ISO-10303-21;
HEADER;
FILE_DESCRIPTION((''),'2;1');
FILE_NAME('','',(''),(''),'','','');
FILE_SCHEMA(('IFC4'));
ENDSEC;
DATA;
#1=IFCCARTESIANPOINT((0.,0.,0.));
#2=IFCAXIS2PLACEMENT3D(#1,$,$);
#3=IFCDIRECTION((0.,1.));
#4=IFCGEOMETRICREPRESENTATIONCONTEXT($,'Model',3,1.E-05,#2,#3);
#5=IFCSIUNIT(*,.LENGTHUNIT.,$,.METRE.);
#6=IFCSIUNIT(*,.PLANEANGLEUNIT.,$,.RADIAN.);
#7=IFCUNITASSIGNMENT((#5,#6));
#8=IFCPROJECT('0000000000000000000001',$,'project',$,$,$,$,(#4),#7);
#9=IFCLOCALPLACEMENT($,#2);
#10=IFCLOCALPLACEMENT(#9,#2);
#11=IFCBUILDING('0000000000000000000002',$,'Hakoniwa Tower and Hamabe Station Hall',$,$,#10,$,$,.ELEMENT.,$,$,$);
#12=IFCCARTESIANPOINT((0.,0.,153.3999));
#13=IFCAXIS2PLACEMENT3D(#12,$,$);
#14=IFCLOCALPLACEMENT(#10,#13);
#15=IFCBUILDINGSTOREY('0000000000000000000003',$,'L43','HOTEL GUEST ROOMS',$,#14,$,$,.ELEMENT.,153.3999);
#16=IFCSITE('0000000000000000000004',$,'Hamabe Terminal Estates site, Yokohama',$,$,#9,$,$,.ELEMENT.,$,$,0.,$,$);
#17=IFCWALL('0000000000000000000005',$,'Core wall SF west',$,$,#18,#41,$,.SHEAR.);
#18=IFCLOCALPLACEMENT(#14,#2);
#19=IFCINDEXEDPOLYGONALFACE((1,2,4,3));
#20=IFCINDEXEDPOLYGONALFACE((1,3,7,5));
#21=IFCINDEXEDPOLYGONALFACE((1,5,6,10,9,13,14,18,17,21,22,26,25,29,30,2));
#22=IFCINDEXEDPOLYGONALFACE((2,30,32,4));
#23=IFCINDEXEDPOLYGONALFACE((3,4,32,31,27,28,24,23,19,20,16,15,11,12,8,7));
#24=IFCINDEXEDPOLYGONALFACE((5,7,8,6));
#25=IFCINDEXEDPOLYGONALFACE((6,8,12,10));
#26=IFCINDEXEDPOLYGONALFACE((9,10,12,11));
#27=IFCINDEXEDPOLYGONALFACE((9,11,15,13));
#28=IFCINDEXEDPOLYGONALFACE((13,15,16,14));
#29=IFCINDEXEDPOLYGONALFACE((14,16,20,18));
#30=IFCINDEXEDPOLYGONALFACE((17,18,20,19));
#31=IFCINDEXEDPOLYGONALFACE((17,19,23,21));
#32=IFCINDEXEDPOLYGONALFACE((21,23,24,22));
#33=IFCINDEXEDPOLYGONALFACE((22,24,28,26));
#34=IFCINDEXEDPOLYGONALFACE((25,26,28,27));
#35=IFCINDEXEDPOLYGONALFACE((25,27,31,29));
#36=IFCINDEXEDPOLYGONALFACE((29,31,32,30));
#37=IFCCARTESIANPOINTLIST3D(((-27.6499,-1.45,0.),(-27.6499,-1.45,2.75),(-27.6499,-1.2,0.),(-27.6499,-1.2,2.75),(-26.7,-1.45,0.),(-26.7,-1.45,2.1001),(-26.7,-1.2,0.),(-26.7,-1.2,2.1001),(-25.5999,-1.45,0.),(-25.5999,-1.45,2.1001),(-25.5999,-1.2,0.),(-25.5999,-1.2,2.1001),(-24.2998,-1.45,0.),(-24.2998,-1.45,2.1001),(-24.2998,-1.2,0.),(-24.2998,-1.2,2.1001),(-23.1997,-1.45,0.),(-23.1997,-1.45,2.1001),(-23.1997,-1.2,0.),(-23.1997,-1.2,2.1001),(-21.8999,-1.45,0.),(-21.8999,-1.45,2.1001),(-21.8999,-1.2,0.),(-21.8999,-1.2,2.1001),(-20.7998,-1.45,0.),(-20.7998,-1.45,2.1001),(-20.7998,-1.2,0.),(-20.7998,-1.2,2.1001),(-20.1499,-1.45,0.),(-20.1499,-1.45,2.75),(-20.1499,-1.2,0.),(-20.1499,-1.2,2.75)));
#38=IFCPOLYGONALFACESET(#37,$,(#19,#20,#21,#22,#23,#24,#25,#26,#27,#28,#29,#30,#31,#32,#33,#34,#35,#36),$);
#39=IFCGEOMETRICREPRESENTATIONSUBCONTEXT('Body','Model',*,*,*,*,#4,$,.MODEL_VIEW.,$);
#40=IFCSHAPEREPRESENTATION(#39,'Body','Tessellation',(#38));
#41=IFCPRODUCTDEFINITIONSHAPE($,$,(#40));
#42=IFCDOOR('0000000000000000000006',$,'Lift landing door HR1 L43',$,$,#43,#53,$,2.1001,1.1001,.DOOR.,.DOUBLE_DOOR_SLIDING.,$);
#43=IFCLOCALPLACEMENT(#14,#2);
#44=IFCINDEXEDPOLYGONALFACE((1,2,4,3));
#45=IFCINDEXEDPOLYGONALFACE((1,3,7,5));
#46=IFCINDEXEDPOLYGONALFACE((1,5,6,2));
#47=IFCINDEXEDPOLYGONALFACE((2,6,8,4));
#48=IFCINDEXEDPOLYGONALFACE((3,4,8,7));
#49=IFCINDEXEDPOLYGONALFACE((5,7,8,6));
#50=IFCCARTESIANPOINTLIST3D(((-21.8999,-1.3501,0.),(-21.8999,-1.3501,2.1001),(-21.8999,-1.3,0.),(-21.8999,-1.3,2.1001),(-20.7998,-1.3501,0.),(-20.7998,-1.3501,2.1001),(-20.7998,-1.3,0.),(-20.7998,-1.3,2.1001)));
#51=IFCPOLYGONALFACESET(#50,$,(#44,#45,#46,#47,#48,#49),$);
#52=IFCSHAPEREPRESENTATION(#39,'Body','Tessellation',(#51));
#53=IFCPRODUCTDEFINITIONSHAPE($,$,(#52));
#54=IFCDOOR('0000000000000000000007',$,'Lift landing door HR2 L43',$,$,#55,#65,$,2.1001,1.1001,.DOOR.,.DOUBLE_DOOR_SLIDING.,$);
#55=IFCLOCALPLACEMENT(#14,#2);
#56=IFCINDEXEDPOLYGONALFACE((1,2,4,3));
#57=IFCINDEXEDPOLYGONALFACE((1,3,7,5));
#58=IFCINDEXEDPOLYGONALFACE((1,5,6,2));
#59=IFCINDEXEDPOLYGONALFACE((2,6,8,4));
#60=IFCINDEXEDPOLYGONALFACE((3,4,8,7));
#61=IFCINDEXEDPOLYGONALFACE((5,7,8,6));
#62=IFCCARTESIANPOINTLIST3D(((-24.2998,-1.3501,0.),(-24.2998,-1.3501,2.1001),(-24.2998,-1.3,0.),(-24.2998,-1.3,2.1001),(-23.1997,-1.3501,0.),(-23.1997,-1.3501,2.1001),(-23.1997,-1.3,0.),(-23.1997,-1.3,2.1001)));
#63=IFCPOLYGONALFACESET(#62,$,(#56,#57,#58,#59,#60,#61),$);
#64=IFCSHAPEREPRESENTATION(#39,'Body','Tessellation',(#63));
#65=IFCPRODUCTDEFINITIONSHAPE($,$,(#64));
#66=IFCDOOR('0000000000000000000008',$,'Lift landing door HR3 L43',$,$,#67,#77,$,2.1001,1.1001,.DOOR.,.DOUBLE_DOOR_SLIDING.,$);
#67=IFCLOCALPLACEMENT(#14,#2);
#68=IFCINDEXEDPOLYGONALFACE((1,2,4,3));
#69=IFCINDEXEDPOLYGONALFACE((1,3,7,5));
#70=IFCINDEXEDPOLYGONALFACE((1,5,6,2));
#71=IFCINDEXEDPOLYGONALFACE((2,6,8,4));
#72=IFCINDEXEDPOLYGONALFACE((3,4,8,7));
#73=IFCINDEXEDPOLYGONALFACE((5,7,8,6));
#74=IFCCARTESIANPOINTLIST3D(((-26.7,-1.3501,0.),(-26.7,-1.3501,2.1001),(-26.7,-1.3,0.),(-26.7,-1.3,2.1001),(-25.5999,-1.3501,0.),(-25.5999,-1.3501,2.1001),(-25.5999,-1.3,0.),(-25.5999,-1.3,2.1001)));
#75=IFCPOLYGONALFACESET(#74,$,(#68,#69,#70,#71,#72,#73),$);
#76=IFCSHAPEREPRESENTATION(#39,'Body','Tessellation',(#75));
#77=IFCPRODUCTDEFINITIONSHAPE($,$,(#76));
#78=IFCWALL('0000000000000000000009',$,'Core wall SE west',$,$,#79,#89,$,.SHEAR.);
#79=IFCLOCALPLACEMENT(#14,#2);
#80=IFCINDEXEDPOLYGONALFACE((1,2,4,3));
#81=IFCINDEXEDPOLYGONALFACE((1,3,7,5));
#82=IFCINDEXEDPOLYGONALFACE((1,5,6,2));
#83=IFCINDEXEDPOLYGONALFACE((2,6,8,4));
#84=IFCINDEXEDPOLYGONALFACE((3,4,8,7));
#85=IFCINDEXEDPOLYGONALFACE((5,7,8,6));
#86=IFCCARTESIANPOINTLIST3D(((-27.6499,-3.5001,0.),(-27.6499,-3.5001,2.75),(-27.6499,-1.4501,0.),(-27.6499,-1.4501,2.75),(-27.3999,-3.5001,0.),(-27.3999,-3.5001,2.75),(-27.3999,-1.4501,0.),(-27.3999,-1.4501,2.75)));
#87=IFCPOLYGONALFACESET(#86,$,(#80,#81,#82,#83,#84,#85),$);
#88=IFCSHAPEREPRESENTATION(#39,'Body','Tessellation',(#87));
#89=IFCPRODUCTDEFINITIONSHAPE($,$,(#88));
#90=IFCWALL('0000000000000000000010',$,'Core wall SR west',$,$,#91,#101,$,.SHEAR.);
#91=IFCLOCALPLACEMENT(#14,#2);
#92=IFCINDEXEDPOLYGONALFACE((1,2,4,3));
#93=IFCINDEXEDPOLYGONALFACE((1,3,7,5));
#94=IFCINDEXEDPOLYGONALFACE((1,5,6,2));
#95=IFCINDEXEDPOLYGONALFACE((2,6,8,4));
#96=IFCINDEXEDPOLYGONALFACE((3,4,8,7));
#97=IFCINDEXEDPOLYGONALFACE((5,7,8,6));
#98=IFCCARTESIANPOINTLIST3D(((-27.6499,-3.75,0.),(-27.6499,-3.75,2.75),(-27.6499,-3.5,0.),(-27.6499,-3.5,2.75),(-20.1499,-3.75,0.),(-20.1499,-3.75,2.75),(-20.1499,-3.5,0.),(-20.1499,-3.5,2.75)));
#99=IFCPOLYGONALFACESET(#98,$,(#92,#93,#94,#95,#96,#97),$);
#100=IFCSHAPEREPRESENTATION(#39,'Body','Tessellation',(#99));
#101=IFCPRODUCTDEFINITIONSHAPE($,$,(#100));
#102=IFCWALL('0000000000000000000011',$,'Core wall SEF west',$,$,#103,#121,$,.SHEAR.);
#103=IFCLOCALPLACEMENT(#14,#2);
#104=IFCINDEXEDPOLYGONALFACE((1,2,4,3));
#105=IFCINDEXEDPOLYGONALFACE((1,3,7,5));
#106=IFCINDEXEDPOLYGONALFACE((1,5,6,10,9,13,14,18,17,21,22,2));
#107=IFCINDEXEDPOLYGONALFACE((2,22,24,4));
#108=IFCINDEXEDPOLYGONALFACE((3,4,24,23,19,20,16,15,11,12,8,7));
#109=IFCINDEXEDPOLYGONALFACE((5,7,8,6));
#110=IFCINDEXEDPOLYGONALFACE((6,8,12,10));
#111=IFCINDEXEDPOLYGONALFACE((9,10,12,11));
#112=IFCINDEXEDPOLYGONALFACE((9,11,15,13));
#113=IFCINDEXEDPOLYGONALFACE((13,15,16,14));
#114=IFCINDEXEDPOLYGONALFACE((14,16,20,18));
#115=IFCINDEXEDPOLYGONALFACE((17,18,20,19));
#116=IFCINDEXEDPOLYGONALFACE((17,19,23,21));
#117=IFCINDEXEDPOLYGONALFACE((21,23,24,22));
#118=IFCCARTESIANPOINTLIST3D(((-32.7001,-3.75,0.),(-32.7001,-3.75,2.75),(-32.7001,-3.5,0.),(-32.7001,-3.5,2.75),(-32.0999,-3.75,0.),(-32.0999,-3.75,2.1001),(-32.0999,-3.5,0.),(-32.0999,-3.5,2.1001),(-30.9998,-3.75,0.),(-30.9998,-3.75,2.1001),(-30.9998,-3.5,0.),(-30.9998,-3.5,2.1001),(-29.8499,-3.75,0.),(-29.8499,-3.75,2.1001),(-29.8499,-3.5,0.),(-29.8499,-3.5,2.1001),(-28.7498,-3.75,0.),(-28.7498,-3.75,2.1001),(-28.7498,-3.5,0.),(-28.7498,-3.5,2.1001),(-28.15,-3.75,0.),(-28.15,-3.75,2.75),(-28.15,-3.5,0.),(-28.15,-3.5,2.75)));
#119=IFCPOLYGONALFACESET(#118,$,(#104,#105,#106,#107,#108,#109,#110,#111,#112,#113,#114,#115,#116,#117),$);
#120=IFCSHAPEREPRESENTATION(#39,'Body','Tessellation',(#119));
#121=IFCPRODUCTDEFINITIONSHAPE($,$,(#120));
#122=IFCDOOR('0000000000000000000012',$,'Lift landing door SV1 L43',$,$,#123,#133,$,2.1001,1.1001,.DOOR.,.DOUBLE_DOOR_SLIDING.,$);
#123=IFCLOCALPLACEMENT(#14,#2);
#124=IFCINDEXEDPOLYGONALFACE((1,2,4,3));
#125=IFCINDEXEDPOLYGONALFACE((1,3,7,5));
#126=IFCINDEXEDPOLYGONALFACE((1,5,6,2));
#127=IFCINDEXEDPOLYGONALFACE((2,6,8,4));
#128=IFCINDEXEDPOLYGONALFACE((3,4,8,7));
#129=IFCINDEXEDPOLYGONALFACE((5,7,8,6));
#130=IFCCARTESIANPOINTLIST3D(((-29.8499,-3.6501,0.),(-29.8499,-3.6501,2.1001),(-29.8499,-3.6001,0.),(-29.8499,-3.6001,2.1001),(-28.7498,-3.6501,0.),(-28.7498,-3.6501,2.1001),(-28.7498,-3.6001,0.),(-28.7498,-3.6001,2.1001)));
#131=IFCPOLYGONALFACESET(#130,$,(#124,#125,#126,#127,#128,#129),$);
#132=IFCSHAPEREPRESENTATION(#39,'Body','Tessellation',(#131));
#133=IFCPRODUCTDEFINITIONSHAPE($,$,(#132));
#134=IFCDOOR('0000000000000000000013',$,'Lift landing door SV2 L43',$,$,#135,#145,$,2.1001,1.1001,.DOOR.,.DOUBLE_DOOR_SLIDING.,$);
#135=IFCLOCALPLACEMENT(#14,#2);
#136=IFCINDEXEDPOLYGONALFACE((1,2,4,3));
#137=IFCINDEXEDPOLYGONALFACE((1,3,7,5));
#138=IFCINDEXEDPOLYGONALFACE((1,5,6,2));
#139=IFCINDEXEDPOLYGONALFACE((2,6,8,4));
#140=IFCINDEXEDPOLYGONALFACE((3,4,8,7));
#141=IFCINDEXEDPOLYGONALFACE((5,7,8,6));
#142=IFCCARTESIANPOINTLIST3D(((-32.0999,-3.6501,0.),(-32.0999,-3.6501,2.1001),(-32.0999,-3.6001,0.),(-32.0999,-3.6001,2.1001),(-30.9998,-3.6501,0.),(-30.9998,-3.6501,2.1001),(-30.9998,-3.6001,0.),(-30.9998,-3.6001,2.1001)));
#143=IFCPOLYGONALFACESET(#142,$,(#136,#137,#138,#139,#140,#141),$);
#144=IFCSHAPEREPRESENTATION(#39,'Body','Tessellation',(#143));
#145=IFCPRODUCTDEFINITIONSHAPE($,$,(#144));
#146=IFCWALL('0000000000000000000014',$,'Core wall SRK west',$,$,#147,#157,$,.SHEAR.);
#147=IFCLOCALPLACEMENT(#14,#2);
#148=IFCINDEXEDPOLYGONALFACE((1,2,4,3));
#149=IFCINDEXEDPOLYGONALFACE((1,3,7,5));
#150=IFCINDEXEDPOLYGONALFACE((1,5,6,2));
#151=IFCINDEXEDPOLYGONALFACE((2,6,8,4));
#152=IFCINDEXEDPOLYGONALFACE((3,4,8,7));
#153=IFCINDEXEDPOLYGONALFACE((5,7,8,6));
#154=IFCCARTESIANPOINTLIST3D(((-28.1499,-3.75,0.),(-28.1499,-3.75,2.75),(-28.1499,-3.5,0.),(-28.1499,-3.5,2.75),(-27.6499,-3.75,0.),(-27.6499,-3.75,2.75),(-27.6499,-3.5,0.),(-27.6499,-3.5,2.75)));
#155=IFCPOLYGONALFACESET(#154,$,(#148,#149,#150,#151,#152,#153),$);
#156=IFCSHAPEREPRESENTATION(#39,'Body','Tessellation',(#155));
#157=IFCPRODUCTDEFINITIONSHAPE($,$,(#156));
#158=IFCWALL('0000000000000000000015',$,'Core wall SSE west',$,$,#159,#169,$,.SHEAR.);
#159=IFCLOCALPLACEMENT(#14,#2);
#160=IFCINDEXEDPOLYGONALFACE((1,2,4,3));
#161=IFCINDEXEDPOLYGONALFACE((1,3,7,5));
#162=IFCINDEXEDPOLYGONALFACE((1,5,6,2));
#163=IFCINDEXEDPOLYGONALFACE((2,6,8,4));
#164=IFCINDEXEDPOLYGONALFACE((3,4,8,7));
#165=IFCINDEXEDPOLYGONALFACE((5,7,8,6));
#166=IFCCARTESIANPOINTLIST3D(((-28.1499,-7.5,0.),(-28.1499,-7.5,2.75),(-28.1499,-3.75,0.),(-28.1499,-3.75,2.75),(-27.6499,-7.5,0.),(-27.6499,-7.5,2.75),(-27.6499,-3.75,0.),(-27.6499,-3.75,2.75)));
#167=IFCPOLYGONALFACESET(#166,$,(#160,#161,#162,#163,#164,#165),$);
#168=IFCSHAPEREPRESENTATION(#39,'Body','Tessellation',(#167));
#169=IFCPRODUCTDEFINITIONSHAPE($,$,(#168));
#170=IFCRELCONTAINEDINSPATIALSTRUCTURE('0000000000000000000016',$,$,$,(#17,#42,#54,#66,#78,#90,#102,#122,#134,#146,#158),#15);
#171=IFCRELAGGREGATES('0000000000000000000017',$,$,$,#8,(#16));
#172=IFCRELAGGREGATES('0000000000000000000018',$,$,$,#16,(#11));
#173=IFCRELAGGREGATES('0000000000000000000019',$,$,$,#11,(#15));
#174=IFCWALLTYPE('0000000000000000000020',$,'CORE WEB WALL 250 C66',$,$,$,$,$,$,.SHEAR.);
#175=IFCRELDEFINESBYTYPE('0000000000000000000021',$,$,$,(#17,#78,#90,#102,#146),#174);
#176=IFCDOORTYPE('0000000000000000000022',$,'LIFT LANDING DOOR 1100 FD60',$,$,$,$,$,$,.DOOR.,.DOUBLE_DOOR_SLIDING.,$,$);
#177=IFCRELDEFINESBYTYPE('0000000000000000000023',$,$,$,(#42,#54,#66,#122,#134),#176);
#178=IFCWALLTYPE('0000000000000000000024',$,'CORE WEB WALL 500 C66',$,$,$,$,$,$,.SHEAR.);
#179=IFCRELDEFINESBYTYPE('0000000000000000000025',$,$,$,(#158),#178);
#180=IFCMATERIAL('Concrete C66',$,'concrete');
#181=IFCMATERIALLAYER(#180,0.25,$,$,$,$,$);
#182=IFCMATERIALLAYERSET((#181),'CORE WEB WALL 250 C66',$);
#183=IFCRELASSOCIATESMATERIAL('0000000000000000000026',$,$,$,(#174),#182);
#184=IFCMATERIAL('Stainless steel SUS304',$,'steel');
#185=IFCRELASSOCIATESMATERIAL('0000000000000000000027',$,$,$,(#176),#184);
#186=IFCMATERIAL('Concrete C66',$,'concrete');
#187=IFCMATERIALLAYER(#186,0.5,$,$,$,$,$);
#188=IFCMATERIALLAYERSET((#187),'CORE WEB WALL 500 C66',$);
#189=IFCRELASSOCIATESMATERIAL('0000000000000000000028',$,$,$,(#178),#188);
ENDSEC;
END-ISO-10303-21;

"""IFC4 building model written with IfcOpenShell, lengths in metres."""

from ifc_helpers import new_model, si_unit, direction, frame, frame_2d, origin, place, context, subcontext, project, spatial, rectangle, extrude, material, layer, layer_set, type_object, element, fill, save


model = new_model("IFC4")

# Units and contexts
model_context = context("Model", 3, precision=1e-05, world=origin(), true_north=direction((0.0, 1.0)))
body_context = subcontext(model_context, "Body", "Model", "MODEL_VIEW")
ifc_project = project(units=[si_unit("LENGTHUNIT", "METRE"), si_unit("PLANEANGLEUNIT", "RADIAN")], contexts=[model_context])

# Site, building, storey
site_placement = place(None, origin())
site = spatial("IfcSite", under=ifc_project, at=site_placement, Name="Hamabe Terminal Estates site, Yokohama", CompositionType="ELEMENT", RefElevation=0.0)
building_placement = place(site_placement, origin())
building = spatial("IfcBuilding", under=site, at=building_placement, Name="Hakoniwa Tower and Hamabe Station Hall", CompositionType="ELEMENT")
storey_placement = place(building_placement, frame((0.0, 0.0, 153.3999)))
storey = spatial("IfcBuildingStorey", under=building, at=storey_placement, Name="L43", Description="HOTEL GUEST ROOMS", CompositionType="ELEMENT", Elevation=153.3999)

# Wall, openings, doors
ifc_material_1 = material(Name="Concrete C66", Category="concrete")
ifc_layer_1 = layer(ifc_material_1, 0.25)
ifc_layer_set_1 = layer_set([ifc_layer_1], Name="CORE WEB WALL 250 C66")
wall_type_1 = type_object("IfcWallType", Name="CORE WEB WALL 250 C66", PredefinedType="SHEAR", material=ifc_layer_set_1)
wall_1_placement = place(storey_placement, frame((-27.6499, -1.325, 0.0), z_axis=(0.0, 0.0, 1.0), x_axis=(1.0, 0.0, 0.0)))
wall_1 = element("IfcWall", 1, at=wall_1_placement, inside=storey, type_object=wall_type_1, Name="Core wall SF west", PredefinedType="SHEAR", context=body_context, shape_type="SweptSolid", body=[
    extrude(rectangle(XDim=7.5, YDim=0.25, at=frame_2d((3.75, 0.0))), origin(), (0.0, 0.0, 1.0), 2.75),
])
opening_1_placement = place(wall_1_placement, frame((5.75, 0.0, 0.0)))
opening_1 = element("IfcOpeningElement", 2, at=opening_1_placement, cuts=wall_1, PredefinedType="OPENING", context=body_context, shape_type="SweptSolid", body=[
    extrude(rectangle(XDim=1.1001, YDim=2.1001, at=frame_2d((0.55, 1.05))), frame((0.0, 0.135, 0.0), z_axis=(0.0, -1.0, 0.0), x_axis=(1.0, 0.0, 0.0)), (0.0, 0.0, 1.0), 0.27),
])
opening_2_placement = place(wall_1_placement, frame((3.3501, 0.0, 0.0)))
opening_2 = element("IfcOpeningElement", 3, at=opening_2_placement, cuts=wall_1, PredefinedType="OPENING", context=body_context, shape_type="SweptSolid", body=[
    extrude(rectangle(XDim=1.1001, YDim=2.1001, at=frame_2d((0.55, 1.05))), frame((0.0, 0.135, 0.0), z_axis=(0.0, -1.0, 0.0), x_axis=(1.0, 0.0, 0.0)), (0.0, 0.0, 1.0), 0.27),
])
opening_3_placement = place(wall_1_placement, frame((0.95, 0.0, 0.0)))
opening_3 = element("IfcOpeningElement", 4, at=opening_3_placement, cuts=wall_1, PredefinedType="OPENING", context=body_context, shape_type="SweptSolid", body=[
    extrude(rectangle(XDim=1.1001, YDim=2.1001, at=frame_2d((0.55, 1.05))), frame((0.0, 0.135, 0.0), z_axis=(0.0, -1.0, 0.0), x_axis=(1.0, 0.0, 0.0)), (0.0, 0.0, 1.0), 0.27),
])
ifc_material_2 = material(Name="Stainless steel SUS304", Category="steel")
door_type_1 = type_object("IfcDoorType", Name="LIFT LANDING DOOR 1100 FD60", OperationType="DOUBLE_DOOR_SLIDING", PredefinedType="DOOR", material=ifc_material_2)
door_1_placement = place(opening_1_placement, origin())
door_1 = element("IfcDoor", 5, at=door_1_placement, inside=storey, type_object=door_type_1, Name="Lift landing door HR1 L43", OperationType="DOUBLE_DOOR_SLIDING", OverallHeight=2.1001, OverallWidth=1.1001, PredefinedType="DOOR", context=body_context, shape_type="SweptSolid", body=[
    extrude(rectangle(XDim=1.1001, YDim=2.1001, at=frame_2d((0.55, 1.05))), frame((0.0, 0.0249, 0.0), z_axis=(0.0, -1.0, 0.0), x_axis=(1.0, 0.0, 0.0)), (0.0, 0.0, 1.0), 0.05),
])
fill(opening_1, door_1)
door_2_placement = place(opening_2_placement, origin())
door_2 = element("IfcDoor", 6, at=door_2_placement, inside=storey, type_object=door_type_1, Name="Lift landing door HR2 L43", OperationType="DOUBLE_DOOR_SLIDING", OverallHeight=2.1001, OverallWidth=1.1001, PredefinedType="DOOR", context=body_context, shape_type="SweptSolid", body=[
    extrude(rectangle(XDim=1.1001, YDim=2.1001, at=frame_2d((0.55, 1.05))), frame((0.0, 0.0249, 0.0), z_axis=(0.0, -1.0, 0.0), x_axis=(1.0, 0.0, 0.0)), (0.0, 0.0, 1.0), 0.05),
])
fill(opening_2, door_2)
door_3_placement = place(opening_3_placement, origin())
door_3 = element("IfcDoor", 7, at=door_3_placement, inside=storey, type_object=door_type_1, Name="Lift landing door HR3 L43", OperationType="DOUBLE_DOOR_SLIDING", OverallHeight=2.1001, OverallWidth=1.1001, PredefinedType="DOOR", context=body_context, shape_type="SweptSolid", body=[
    extrude(rectangle(XDim=1.1001, YDim=2.1001, at=frame_2d((0.55, 1.05))), frame((0.0, 0.0249, 0.0), z_axis=(0.0, -1.0, 0.0), x_axis=(1.0, 0.0, 0.0)), (0.0, 0.0, 1.0), 0.05),
])
fill(opening_3, door_3)

# Walls
wall_2_placement = place(storey_placement, frame((-27.5249, -3.5, 0.0), z_axis=(0.0, 0.0, 1.0), x_axis=(0.0, 1.0, 0.0)))
element("IfcWall", 8, at=wall_2_placement, inside=storey, type_object=wall_type_1, Name="Core wall SE west", PredefinedType="SHEAR", context=body_context, shape_type="SweptSolid", body=[
    extrude(rectangle(XDim=2.05, YDim=0.25, at=frame_2d((1.0249, 0.0))), origin(), (0.0, 0.0, 1.0), 2.75),
])
wall_3_placement = place(storey_placement, frame((-27.6499, -3.625, 0.0), z_axis=(0.0, 0.0, 1.0), x_axis=(1.0, 0.0, 0.0)))
element("IfcWall", 9, at=wall_3_placement, inside=storey, type_object=wall_type_1, Name="Core wall SR west", PredefinedType="SHEAR", context=body_context, shape_type="SweptSolid", body=[
    extrude(rectangle(XDim=7.5, YDim=0.25, at=frame_2d((3.75, 0.0))), origin(), (0.0, 0.0, 1.0), 2.75),
])

# Wall, openings, doors
wall_4_placement = place(storey_placement, frame((-32.7, -3.625, 0.0), z_axis=(0.0, 0.0, 1.0), x_axis=(1.0, 0.0, 0.0)))
wall_4 = element("IfcWall", 10, at=wall_4_placement, inside=storey, type_object=wall_type_1, Name="Core wall SEF west", PredefinedType="SHEAR", context=body_context, shape_type="SweptSolid", body=[
    extrude(rectangle(XDim=4.55, YDim=0.25, at=frame_2d((2.2749, 0.0))), origin(), (0.0, 0.0, 1.0), 2.75),
])
opening_4_placement = place(wall_4_placement, frame((2.8501, 0.0, 0.0)))
opening_4 = element("IfcOpeningElement", 11, at=opening_4_placement, cuts=wall_4, PredefinedType="OPENING", context=body_context, shape_type="SweptSolid", body=[
    extrude(rectangle(XDim=1.1001, YDim=2.1001, at=frame_2d((0.55, 1.05))), frame((0.0, 0.135, 0.0), z_axis=(0.0, -1.0, 0.0), x_axis=(1.0, 0.0, 0.0)), (0.0, 0.0, 1.0), 0.27),
])
opening_5_placement = place(wall_4_placement, frame((0.6001, 0.0, 0.0)))
opening_5 = element("IfcOpeningElement", 12, at=opening_5_placement, cuts=wall_4, PredefinedType="OPENING", context=body_context, shape_type="SweptSolid", body=[
    extrude(rectangle(XDim=1.1001, YDim=2.1001, at=frame_2d((0.55, 1.05))), frame((0.0, 0.135, 0.0), z_axis=(0.0, -1.0, 0.0), x_axis=(1.0, 0.0, 0.0)), (0.0, 0.0, 1.0), 0.27),
])
door_4_placement = place(opening_4_placement, origin())
door_4 = element("IfcDoor", 13, at=door_4_placement, inside=storey, type_object=door_type_1, Name="Lift landing door SV1 L43", OperationType="DOUBLE_DOOR_SLIDING", OverallHeight=2.1001, OverallWidth=1.1001, PredefinedType="DOOR", context=body_context, shape_type="SweptSolid", body=[
    extrude(rectangle(XDim=1.1001, YDim=2.1001, at=frame_2d((0.55, 1.05))), frame((0.0, 0.0249, 0.0), z_axis=(0.0, -1.0, 0.0), x_axis=(1.0, 0.0, 0.0)), (0.0, 0.0, 1.0), 0.05),
])
fill(opening_4, door_4)
door_5_placement = place(opening_5_placement, origin())
door_5 = element("IfcDoor", 14, at=door_5_placement, inside=storey, type_object=door_type_1, Name="Lift landing door SV2 L43", OperationType="DOUBLE_DOOR_SLIDING", OverallHeight=2.1001, OverallWidth=1.1001, PredefinedType="DOOR", context=body_context, shape_type="SweptSolid", body=[
    extrude(rectangle(XDim=1.1001, YDim=2.1001, at=frame_2d((0.55, 1.05))), frame((0.0, 0.0249, 0.0), z_axis=(0.0, -1.0, 0.0), x_axis=(1.0, 0.0, 0.0)), (0.0, 0.0, 1.0), 0.05),
])
fill(opening_5, door_5)

# Walls
wall_5_placement = place(storey_placement, frame((-28.1499, -3.625, 0.0), z_axis=(0.0, 0.0, 1.0), x_axis=(1.0, 0.0, 0.0)))
element("IfcWall", 15, at=wall_5_placement, inside=storey, type_object=wall_type_1, Name="Core wall SRK west", PredefinedType="SHEAR", context=body_context, shape_type="SweptSolid", body=[
    extrude(rectangle(XDim=0.5, YDim=0.25, at=frame_2d((0.25, 0.0))), origin(), (0.0, 0.0, 1.0), 2.75),
])
ifc_material_3 = material(Name="Concrete C66", Category="concrete")
ifc_layer_2 = layer(ifc_material_3, 0.5)
ifc_layer_set_2 = layer_set([ifc_layer_2], Name="CORE WEB WALL 500 C66")
wall_type_2 = type_object("IfcWallType", Name="CORE WEB WALL 500 C66", PredefinedType="SHEAR", material=ifc_layer_set_2)
wall_6_placement = place(storey_placement, frame((-27.8999, -7.5, 0.0), z_axis=(0.0, 0.0, 1.0), x_axis=(0.0, 1.0, 0.0)))
element("IfcWall", 16, at=wall_6_placement, inside=storey, type_object=wall_type_2, Name="Core wall SSE west", PredefinedType="SHEAR", context=body_context, shape_type="SweptSolid", body=[
    extrude(rectangle(XDim=3.75, YDim=0.5, at=frame_2d((1.875, 0.0))), origin(), (0.0, 0.0, 1.0), 2.75),
])

save(model, "model.ifc")
